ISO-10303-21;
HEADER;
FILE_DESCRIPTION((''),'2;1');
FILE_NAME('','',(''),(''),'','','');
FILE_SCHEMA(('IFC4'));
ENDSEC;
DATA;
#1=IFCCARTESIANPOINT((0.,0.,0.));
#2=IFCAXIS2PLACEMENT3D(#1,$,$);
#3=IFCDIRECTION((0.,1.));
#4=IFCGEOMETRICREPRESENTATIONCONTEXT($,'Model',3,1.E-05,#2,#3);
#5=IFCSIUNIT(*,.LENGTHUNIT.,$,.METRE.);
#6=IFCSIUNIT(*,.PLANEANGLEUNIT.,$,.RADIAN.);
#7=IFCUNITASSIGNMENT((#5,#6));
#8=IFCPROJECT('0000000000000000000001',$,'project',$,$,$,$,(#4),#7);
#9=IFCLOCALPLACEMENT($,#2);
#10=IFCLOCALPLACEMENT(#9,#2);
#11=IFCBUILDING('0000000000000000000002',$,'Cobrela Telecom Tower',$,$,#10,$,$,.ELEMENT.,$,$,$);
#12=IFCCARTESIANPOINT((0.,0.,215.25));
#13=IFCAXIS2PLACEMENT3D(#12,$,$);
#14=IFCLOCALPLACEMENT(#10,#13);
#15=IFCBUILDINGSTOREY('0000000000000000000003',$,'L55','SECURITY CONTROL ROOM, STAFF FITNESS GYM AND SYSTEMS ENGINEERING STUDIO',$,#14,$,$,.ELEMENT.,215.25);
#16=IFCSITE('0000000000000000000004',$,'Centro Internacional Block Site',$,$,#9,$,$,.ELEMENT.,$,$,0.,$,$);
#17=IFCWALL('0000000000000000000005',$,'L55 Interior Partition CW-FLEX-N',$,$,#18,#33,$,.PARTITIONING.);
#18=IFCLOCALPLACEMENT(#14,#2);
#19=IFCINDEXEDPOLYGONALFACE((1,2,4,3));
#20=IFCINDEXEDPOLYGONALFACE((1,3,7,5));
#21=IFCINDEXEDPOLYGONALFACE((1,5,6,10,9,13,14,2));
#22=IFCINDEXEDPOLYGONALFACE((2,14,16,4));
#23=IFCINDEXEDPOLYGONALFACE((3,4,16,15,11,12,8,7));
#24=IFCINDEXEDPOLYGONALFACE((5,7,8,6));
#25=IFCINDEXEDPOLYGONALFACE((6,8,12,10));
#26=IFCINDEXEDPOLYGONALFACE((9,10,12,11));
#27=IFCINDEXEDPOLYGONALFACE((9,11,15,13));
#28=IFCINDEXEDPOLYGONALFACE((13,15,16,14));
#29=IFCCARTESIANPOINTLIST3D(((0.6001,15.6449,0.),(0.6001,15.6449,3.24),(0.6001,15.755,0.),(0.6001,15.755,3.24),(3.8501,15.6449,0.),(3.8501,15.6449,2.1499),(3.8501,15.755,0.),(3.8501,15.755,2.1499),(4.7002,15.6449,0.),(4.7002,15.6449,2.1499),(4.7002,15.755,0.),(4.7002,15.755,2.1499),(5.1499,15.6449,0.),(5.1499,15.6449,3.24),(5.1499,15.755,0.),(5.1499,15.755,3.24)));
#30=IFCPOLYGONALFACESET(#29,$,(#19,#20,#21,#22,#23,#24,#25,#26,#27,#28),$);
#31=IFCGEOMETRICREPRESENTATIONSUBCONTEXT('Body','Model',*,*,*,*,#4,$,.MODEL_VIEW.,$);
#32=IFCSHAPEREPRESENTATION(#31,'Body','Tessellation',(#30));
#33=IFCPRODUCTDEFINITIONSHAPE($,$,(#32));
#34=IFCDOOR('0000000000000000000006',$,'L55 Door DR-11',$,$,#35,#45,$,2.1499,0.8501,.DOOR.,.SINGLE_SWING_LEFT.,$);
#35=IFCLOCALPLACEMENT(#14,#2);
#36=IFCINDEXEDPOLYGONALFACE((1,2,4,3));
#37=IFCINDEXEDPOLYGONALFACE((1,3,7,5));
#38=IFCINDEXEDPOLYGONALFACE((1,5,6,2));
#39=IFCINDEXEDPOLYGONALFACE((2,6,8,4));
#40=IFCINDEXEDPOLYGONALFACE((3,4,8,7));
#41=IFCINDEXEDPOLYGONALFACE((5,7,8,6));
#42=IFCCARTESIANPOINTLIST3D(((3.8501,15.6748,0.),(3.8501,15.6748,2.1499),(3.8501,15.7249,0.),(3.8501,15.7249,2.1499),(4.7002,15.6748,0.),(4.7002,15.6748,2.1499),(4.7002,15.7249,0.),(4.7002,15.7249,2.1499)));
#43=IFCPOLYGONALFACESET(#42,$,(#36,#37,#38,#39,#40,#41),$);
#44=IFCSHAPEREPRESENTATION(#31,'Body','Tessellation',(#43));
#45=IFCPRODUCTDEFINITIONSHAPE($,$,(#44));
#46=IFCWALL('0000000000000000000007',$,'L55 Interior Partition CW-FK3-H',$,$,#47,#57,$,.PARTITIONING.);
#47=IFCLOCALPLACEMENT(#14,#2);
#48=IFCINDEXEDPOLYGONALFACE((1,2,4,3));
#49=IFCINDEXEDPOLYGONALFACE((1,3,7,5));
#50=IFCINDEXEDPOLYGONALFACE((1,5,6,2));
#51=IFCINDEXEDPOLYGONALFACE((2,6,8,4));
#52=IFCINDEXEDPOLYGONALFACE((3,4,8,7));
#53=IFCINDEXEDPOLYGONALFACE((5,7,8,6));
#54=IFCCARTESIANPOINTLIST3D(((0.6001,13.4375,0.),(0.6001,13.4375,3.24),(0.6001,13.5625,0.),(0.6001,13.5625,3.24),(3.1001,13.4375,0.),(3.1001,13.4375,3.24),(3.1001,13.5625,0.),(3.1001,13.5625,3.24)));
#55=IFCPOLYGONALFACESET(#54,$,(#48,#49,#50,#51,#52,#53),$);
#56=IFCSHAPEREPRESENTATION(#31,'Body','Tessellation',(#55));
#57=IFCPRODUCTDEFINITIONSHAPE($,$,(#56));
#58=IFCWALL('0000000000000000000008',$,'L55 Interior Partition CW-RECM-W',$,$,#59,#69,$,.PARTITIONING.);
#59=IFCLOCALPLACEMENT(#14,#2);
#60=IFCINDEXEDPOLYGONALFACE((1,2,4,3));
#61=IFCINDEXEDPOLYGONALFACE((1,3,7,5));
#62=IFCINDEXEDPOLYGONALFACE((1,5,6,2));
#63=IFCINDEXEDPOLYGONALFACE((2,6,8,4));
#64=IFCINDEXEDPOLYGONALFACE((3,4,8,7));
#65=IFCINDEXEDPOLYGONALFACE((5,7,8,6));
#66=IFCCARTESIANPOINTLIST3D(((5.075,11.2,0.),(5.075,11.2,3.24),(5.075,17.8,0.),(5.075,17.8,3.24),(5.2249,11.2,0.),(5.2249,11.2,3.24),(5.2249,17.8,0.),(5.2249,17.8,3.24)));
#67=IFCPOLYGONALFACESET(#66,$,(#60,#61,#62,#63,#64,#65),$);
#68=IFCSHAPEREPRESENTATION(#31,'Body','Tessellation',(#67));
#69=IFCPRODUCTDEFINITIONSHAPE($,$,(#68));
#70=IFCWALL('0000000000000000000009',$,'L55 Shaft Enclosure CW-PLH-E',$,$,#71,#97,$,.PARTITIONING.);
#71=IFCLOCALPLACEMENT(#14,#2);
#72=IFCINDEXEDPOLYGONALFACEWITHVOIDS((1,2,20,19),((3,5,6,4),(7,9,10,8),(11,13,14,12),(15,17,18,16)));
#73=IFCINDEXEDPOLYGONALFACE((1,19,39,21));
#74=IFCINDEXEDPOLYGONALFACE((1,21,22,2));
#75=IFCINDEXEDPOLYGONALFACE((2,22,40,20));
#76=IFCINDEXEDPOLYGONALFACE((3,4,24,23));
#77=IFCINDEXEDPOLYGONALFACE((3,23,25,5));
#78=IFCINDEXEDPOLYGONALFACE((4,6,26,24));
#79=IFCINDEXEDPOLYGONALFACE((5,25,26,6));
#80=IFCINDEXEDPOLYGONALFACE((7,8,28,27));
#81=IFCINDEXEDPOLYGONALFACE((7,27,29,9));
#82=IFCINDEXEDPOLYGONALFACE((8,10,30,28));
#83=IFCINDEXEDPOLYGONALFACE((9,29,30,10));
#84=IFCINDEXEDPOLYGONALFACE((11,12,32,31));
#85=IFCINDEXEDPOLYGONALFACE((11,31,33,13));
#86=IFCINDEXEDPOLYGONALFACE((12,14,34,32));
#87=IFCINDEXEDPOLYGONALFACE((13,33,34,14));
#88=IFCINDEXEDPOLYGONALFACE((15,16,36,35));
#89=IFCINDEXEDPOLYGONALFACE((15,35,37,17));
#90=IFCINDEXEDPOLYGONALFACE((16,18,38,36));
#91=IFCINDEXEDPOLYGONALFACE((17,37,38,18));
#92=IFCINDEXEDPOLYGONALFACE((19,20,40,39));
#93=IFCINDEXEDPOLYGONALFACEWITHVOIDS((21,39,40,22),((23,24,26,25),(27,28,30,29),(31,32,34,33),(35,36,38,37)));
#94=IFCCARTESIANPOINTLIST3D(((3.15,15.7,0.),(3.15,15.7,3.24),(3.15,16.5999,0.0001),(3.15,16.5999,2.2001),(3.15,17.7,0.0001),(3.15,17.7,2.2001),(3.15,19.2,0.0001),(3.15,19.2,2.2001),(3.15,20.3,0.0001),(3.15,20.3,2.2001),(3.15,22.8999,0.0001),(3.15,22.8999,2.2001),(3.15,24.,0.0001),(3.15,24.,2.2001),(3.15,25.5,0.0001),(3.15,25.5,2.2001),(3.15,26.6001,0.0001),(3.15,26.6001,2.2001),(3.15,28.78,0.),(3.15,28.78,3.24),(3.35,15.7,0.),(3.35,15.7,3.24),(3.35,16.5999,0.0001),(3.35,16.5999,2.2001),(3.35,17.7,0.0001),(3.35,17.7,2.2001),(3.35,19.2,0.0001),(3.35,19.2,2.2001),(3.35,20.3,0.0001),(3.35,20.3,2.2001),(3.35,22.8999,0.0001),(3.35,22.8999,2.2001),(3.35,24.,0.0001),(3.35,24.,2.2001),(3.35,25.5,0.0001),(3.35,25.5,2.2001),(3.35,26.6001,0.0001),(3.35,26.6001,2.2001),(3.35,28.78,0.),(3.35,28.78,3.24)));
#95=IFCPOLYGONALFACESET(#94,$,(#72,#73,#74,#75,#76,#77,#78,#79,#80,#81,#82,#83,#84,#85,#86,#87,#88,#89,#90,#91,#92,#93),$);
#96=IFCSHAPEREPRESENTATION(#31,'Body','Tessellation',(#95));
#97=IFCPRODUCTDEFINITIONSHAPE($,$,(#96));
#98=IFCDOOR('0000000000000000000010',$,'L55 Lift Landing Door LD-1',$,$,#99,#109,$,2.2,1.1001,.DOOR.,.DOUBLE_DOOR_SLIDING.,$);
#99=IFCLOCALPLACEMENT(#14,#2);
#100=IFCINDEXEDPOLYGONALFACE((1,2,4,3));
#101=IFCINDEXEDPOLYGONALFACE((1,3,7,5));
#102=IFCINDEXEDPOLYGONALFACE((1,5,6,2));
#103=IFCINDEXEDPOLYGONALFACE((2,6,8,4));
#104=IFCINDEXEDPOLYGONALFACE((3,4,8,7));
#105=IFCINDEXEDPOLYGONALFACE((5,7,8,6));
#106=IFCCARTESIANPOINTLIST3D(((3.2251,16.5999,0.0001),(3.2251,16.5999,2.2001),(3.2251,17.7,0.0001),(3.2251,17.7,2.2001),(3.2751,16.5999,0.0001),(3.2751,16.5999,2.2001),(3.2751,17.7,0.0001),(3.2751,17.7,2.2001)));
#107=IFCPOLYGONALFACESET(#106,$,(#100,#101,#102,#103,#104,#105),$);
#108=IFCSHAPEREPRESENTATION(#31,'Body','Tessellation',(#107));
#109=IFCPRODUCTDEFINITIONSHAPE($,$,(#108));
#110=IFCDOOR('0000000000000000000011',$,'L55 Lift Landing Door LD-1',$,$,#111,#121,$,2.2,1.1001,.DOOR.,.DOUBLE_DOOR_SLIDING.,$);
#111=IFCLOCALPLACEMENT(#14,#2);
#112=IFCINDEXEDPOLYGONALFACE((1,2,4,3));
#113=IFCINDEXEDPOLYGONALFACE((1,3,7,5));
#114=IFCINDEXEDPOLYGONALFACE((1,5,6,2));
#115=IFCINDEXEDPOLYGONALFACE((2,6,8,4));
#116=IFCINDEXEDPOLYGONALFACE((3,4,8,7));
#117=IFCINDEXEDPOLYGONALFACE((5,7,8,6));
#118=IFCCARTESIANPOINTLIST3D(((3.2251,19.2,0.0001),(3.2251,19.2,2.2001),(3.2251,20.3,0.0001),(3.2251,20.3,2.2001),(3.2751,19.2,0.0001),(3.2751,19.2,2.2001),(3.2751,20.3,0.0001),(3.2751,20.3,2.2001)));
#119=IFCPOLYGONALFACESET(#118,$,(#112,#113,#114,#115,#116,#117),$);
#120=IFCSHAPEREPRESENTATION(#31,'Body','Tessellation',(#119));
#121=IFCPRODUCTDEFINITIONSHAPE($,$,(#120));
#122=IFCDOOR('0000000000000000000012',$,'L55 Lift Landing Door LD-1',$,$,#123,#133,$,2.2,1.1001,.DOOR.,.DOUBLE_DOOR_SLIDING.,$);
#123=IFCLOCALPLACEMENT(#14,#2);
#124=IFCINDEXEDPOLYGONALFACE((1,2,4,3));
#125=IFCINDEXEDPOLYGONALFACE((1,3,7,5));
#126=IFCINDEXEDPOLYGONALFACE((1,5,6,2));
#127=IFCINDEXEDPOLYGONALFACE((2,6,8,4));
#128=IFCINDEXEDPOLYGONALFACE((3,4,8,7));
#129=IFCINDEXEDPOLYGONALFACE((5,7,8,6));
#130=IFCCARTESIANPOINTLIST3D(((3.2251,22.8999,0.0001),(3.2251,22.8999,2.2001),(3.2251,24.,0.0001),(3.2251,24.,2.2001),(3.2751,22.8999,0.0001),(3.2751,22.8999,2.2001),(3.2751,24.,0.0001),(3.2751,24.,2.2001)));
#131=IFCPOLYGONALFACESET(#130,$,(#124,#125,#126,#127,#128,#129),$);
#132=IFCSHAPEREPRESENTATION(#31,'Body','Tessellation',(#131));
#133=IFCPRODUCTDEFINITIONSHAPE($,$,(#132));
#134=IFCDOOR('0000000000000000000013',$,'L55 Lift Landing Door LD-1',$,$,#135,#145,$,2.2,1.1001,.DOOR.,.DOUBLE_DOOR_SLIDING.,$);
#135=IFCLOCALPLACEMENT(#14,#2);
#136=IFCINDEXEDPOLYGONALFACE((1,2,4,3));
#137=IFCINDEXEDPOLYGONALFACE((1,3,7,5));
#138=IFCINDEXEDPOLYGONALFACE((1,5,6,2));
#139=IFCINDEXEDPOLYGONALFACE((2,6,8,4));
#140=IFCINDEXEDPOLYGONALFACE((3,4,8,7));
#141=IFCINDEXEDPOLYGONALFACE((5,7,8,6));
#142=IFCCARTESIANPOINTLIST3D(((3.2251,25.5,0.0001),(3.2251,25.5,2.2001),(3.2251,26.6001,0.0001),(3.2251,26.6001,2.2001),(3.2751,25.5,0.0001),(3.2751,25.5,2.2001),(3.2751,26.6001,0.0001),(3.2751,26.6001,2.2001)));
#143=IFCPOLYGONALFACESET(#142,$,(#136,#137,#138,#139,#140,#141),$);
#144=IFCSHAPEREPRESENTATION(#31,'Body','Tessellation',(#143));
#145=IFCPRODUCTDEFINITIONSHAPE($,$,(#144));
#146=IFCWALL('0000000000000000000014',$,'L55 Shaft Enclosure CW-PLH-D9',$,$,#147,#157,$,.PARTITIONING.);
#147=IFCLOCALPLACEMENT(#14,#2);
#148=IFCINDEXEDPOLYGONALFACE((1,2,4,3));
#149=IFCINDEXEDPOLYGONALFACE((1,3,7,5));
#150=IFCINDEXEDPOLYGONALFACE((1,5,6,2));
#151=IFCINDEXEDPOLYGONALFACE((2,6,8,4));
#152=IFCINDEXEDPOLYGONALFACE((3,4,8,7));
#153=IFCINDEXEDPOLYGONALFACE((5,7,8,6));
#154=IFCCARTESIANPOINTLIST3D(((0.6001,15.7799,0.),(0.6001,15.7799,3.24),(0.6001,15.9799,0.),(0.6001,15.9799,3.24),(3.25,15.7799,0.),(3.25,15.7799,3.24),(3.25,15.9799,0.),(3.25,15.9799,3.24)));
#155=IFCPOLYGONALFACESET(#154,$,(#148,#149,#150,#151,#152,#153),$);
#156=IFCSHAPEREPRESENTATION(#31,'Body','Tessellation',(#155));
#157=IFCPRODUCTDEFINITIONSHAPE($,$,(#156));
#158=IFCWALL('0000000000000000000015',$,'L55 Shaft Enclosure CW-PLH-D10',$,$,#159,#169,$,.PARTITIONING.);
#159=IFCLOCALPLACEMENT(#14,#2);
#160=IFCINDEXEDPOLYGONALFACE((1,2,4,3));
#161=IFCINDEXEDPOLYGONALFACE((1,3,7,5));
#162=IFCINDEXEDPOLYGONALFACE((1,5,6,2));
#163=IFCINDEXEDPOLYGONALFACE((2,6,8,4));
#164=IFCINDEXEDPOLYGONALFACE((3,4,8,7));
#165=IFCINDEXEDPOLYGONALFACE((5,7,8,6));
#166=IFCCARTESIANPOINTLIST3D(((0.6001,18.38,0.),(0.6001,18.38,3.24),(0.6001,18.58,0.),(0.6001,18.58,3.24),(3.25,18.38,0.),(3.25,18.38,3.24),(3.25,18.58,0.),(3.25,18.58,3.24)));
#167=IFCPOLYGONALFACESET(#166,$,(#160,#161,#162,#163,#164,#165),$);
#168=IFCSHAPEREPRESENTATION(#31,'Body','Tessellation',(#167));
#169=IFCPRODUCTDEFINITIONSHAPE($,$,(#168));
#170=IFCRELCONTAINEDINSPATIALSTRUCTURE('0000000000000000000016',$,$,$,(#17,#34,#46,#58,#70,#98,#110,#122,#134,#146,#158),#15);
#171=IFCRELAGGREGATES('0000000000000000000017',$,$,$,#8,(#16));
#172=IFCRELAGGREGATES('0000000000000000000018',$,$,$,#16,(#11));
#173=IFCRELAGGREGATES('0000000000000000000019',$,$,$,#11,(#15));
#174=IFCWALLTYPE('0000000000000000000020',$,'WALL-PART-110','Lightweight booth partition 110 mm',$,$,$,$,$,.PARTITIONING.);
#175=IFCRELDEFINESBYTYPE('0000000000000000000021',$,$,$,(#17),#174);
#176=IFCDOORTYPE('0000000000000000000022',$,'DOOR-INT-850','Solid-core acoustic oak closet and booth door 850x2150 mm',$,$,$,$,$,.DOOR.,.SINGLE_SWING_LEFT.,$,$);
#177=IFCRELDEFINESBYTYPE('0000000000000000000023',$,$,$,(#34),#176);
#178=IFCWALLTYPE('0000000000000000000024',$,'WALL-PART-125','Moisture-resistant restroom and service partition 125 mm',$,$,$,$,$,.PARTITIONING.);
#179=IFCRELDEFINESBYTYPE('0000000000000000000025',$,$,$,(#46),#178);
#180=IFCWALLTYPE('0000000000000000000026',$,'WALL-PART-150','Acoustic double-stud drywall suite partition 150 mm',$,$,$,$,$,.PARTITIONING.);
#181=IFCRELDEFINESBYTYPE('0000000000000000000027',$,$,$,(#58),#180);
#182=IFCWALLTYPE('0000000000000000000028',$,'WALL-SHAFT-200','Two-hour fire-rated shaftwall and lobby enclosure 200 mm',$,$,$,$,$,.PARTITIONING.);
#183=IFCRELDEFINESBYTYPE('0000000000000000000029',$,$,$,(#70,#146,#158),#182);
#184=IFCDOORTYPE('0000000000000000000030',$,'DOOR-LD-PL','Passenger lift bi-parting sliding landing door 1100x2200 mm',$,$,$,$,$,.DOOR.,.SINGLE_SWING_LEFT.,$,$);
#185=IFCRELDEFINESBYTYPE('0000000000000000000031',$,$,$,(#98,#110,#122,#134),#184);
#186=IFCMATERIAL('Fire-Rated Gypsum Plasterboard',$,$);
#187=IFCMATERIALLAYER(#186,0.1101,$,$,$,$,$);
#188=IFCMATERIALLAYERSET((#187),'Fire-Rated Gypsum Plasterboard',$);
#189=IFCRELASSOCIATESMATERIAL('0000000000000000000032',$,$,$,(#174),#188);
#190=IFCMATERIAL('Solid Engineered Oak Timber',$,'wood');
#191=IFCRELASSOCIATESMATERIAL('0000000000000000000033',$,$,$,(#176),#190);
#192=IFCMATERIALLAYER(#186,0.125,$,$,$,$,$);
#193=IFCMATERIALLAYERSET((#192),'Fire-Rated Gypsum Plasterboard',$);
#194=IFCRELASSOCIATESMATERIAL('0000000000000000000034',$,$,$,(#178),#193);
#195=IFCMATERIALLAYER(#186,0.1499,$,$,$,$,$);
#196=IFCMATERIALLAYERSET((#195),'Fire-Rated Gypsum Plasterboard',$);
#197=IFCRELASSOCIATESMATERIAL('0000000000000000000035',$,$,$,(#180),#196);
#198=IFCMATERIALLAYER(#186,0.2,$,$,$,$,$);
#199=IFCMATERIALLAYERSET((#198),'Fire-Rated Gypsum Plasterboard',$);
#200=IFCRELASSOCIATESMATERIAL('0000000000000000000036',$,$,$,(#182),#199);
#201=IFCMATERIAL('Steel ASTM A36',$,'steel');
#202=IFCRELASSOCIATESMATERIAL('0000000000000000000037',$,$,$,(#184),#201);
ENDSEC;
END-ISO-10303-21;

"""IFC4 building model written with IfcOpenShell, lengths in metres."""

from ifc_helpers import new_model, si_unit, direction, frame, frame_2d, origin, place, context, subcontext, project, spatial, rectangle, extrude, material, layer, layer_set, type_object, element, fill, save


model = new_model("IFC4")

# Units and contexts
model_context = context("Model", 3, precision=1e-05, world=origin(), true_north=direction((0.0, 1.0)))
body_context = subcontext(model_context, "Body", "Model", "MODEL_VIEW")
ifc_project = project(units=[si_unit("LENGTHUNIT", "METRE"), si_unit("PLANEANGLEUNIT", "RADIAN")], contexts=[model_context])

# Site, building, storey
site_placement = place(None, origin())
site = spatial("IfcSite", under=ifc_project, at=site_placement, Name="Centro Internacional Block Site", CompositionType="ELEMENT", RefElevation=0.0)
building_placement = place(site_placement, origin())
building = spatial("IfcBuilding", under=site, at=building_placement, Name="Cobrela Telecom Tower", CompositionType="ELEMENT")
storey_placement = place(building_placement, frame((0.0, 0.0, 215.25)))
storey = spatial("IfcBuildingStorey", under=building, at=storey_placement, Name="L55", Description="SECURITY CONTROL ROOM, STAFF FITNESS GYM AND SYSTEMS ENGINEERING STUDIO", CompositionType="ELEMENT", Elevation=215.25)

# Wall, opening, door
ifc_material_1 = material(Name="Fire-Rated Gypsum Plasterboard")
ifc_layer_1 = layer(ifc_material_1, 0.1101)
ifc_layer_set_1 = layer_set([ifc_layer_1], Name="Fire-Rated Gypsum Plasterboard")
wall_type_1 = type_object("IfcWallType", Name="WALL-PART-110", Description="Lightweight booth partition 110 mm", PredefinedType="PARTITIONING", material=ifc_layer_set_1)
wall_1_placement = place(storey_placement, frame((0.6001, 15.7, 0.0), z_axis=(0.0, 0.0, 1.0), x_axis=(1.0, 0.0, 0.0)))
wall_1 = element("IfcWall", 1, at=wall_1_placement, inside=storey, type_object=wall_type_1, Name="L55 Interior Partition CW-FLEX-N", PredefinedType="PARTITIONING", context=body_context, shape_type="SweptSolid", body=[
    extrude(rectangle(XDim=4.5498, YDim=0.1101, at=frame_2d((2.2749, 0.0))), origin(), (0.0, 0.0, 1.0), 3.24),
])
opening_1_placement = place(wall_1_placement, frame((3.25, 0.0, 0.0)))
opening_1 = element("IfcOpeningElement", 2, at=opening_1_placement, cuts=wall_1, PredefinedType="OPENING", context=body_context, shape_type="SweptSolid", body=[
    extrude(rectangle(XDim=0.8501, YDim=2.1499, at=frame_2d((0.425, 1.075))), frame((0.0, 0.0669, 0.0), z_axis=(0.0, -1.0, 0.0), x_axis=(1.0, 0.0, 0.0)), (0.0, 0.0, 1.0), 0.134),
])
ifc_material_2 = material(Name="Solid Engineered Oak Timber", Category="wood")
door_type_1 = type_object("IfcDoorType", Name="DOOR-INT-850", Description="Solid-core acoustic oak closet and booth door 850x2150 mm", OperationType="SINGLE_SWING_LEFT", PredefinedType="DOOR", material=ifc_material_2)
door_1_placement = place(opening_1_placement, origin())
door_1 = element("IfcDoor", 3, at=door_1_placement, inside=storey, type_object=door_type_1, Name="L55 Door DR-11", OperationType="SINGLE_SWING_LEFT", OverallHeight=2.1499, OverallWidth=0.8501, PredefinedType="DOOR", context=body_context, shape_type="SweptSolid", body=[
    extrude(rectangle(XDim=0.8501, YDim=2.1499, at=frame_2d((0.425, 1.075))), frame((0.0, 0.0249, 0.0), z_axis=(0.0, -1.0, 0.0), x_axis=(1.0, 0.0, 0.0)), (0.0, 0.0, 1.0), 0.05),
])
fill(opening_1, door_1)

# Wall
ifc_layer_2 = layer(ifc_material_1, 0.125)
ifc_layer_set_2 = layer_set([ifc_layer_2], Name="Fire-Rated Gypsum Plasterboard")
wall_type_2 = type_object("IfcWallType", Name="WALL-PART-125", Description="Moisture-resistant restroom and service partition 125 mm", PredefinedType="PARTITIONING", material=ifc_layer_set_2)
wall_2_placement = place(storey_placement, frame((0.6001, 13.5, 0.0), z_axis=(0.0, 0.0, 1.0), x_axis=(1.0, 0.0, 0.0)))
element("IfcWall", 4, at=wall_2_placement, inside=storey, type_object=wall_type_2, Name="L55 Interior Partition CW-FK3-H", PredefinedType="PARTITIONING", context=body_context, shape_type="SweptSolid", body=[
    extrude(rectangle(XDim=2.5, YDim=0.125, at=frame_2d((1.25, 0.0))), origin(), (0.0, 0.0, 1.0), 3.24),
])

# Wall
ifc_layer_3 = layer(ifc_material_1, 0.1499)
ifc_layer_set_3 = layer_set([ifc_layer_3], Name="Fire-Rated Gypsum Plasterboard")
wall_type_3 = type_object("IfcWallType", Name="WALL-PART-150", Description="Acoustic double-stud drywall suite partition 150 mm", PredefinedType="PARTITIONING", material=ifc_layer_set_3)
wall_3_placement = place(storey_placement, frame((5.1499, 11.2, 0.0), z_axis=(0.0, 0.0, 1.0), x_axis=(0.0, 1.0, 0.0)))
element("IfcWall", 5, at=wall_3_placement, inside=storey, type_object=wall_type_3, Name="L55 Interior Partition CW-RECM-W", PredefinedType="PARTITIONING", context=body_context, shape_type="SweptSolid", body=[
    extrude(rectangle(XDim=6.6001, YDim=0.1499, at=frame_2d((3.3, 0.0))), origin(), (0.0, 0.0, 1.0), 3.24),
])

# Wall, openings, doors
ifc_layer_4 = layer(ifc_material_1, 0.2)
ifc_layer_set_4 = layer_set([ifc_layer_4], Name="Fire-Rated Gypsum Plasterboard")
wall_type_4 = type_object("IfcWallType", Name="WALL-SHAFT-200", Description="Two-hour fire-rated shaftwall and lobby enclosure 200 mm", PredefinedType="PARTITIONING", material=ifc_layer_set_4)
wall_4_placement = place(storey_placement, frame((3.25, 15.7, 0.0), z_axis=(0.0, 0.0, 1.0), x_axis=(0.0, 1.0, 0.0)))
wall_4 = element("IfcWall", 6, at=wall_4_placement, inside=storey, type_object=wall_type_4, Name="L55 Shaft Enclosure CW-PLH-E", PredefinedType="PARTITIONING", context=body_context, shape_type="SweptSolid", body=[
    extrude(rectangle(XDim=13.0801, YDim=0.2, at=frame_2d((6.54, 0.0))), origin(), (0.0, 0.0, 1.0), 3.24),
])
opening_2_placement = place(wall_4_placement, frame((0.8999, 0.0, 0.0)))
opening_2 = element("IfcOpeningElement", 7, at=opening_2_placement, cuts=wall_4, PredefinedType="OPENING", context=body_context, shape_type="SweptSolid", body=[
    extrude(rectangle(XDim=1.1001, YDim=2.2, at=frame_2d((0.55, 1.1001))), frame((0.0, 0.1118, 0.0), z_axis=(0.0, -1.0, 0.0), x_axis=(1.0, 0.0, 0.0)), (0.0, 0.0, 1.0), 0.2239),
])
opening_3_placement = place(wall_4_placement, frame((3.5, 0.0, 0.0)))
opening_3 = element("IfcOpeningElement", 8, at=opening_3_placement, cuts=wall_4, PredefinedType="OPENING", context=body_context, shape_type="SweptSolid", body=[
    extrude(rectangle(XDim=1.1001, YDim=2.2, at=frame_2d((0.55, 1.1001))), frame((0.0, 0.1118, 0.0), z_axis=(0.0, -1.0, 0.0), x_axis=(1.0, 0.0, 0.0)), (0.0, 0.0, 1.0), 0.2239),
])
opening_4_placement = place(wall_4_placement, frame((7.2, 0.0, 0.0)))
opening_4 = element("IfcOpeningElement", 9, at=opening_4_placement, cuts=wall_4, PredefinedType="OPENING", context=body_context, shape_type="SweptSolid", body=[
    extrude(rectangle(XDim=1.1001, YDim=2.2, at=frame_2d((0.55, 1.1001))), frame((0.0, 0.1118, 0.0), z_axis=(0.0, -1.0, 0.0), x_axis=(1.0, 0.0, 0.0)), (0.0, 0.0, 1.0), 0.2239),
])
opening_5_placement = place(wall_4_placement, frame((9.8, 0.0, 0.0)))
opening_5 = element("IfcOpeningElement", 10, at=opening_5_placement, cuts=wall_4, PredefinedType="OPENING", context=body_context, shape_type="SweptSolid", body=[
    extrude(rectangle(XDim=1.1001, YDim=2.2, at=frame_2d((0.55, 1.1001))), frame((0.0, 0.1118, 0.0), z_axis=(0.0, -1.0, 0.0), x_axis=(1.0, 0.0, 0.0)), (0.0, 0.0, 1.0), 0.2239),
])
ifc_material_3 = material(Name="Steel ASTM A36", Category="steel")
door_type_2 = type_object("IfcDoorType", Name="DOOR-LD-PL", Description="Passenger lift bi-parting sliding landing door 1100x2200 mm", OperationType="SINGLE_SWING_LEFT", PredefinedType="DOOR", material=ifc_material_3)
door_2_placement = place(opening_2_placement, origin())
door_2 = element("IfcDoor", 11, at=door_2_placement, inside=storey, type_object=door_type_2, Name="L55 Lift Landing Door LD-1", OperationType="DOUBLE_DOOR_SLIDING", OverallHeight=2.2, OverallWidth=1.1001, PredefinedType="DOOR", context=body_context, shape_type="SweptSolid", body=[
    extrude(rectangle(XDim=1.1001, YDim=2.2, at=frame_2d((0.55, 1.1001))), frame((0.0, 0.0249, 0.0), z_axis=(0.0, -1.0, 0.0), x_axis=(1.0, 0.0, 0.0)), (0.0, 0.0, 1.0), 0.05),
])
fill(opening_2, door_2)
door_3_placement = place(opening_3_placement, origin())
door_3 = element("IfcDoor", 12, at=door_3_placement, inside=storey, type_object=door_type_2, Name="L55 Lift Landing Door LD-1", OperationType="DOUBLE_DOOR_SLIDING", OverallHeight=2.2, OverallWidth=1.1001, PredefinedType="DOOR", context=body_context, shape_type="SweptSolid", body=[
    extrude(rectangle(XDim=1.1001, YDim=2.2, at=frame_2d((0.55, 1.1001))), frame((0.0, 0.0249, 0.0), z_axis=(0.0, -1.0, 0.0), x_axis=(1.0, 0.0, 0.0)), (0.0, 0.0, 1.0), 0.05),
])
fill(opening_3, door_3)
door_4_placement = place(opening_4_placement, origin())
door_4 = element("IfcDoor", 13, at=door_4_placement, inside=storey, type_object=door_type_2, Name="L55 Lift Landing Door LD-1", OperationType="DOUBLE_DOOR_SLIDING", OverallHeight=2.2, OverallWidth=1.1001, PredefinedType="DOOR", context=body_context, shape_type="SweptSolid", body=[
    extrude(rectangle(XDim=1.1001, YDim=2.2, at=frame_2d((0.55, 1.1001))), frame((0.0, 0.0249, 0.0), z_axis=(0.0, -1.0, 0.0), x_axis=(1.0, 0.0, 0.0)), (0.0, 0.0, 1.0), 0.05),
])
fill(opening_4, door_4)
door_5_placement = place(opening_5_placement, origin())
door_5 = element("IfcDoor", 14, at=door_5_placement, inside=storey, type_object=door_type_2, Name="L55 Lift Landing Door LD-1", OperationType="DOUBLE_DOOR_SLIDING", OverallHeight=2.2, OverallWidth=1.1001, PredefinedType="DOOR", context=body_context, shape_type="SweptSolid", body=[
    extrude(rectangle(XDim=1.1001, YDim=2.2, at=frame_2d((0.55, 1.1001))), frame((0.0, 0.0249, 0.0), z_axis=(0.0, -1.0, 0.0), x_axis=(1.0, 0.0, 0.0)), (0.0, 0.0, 1.0), 0.05),
])
fill(opening_5, door_5)

# Walls
for number, where, z_axis, x_axis, name in (
    (15, (0.6001, 15.8799, 0.0), (0.0, 0.0, 1.0), (1.0, 0.0, 0.0), "L55 Shaft Enclosure CW-PLH-D9"),
    (16, (0.6001, 18.48, 0.0), (0.0, 0.0, 1.0), (1.0, 0.0, 0.0), "L55 Shaft Enclosure CW-PLH-D10"),
):
    element("IfcWall", number, at=place(storey_placement, frame(where, z_axis=z_axis, x_axis=x_axis)), inside=storey, type_object=wall_type_4, Name=name, PredefinedType="PARTITIONING", context=body_context, shape_type="SweptSolid", body=[
        extrude(rectangle(XDim=2.6499, YDim=0.2, at=frame_2d((1.325, 0.0))), origin(), (0.0, 0.0, 1.0), 3.24),
    ])

save(model, "model.ifc")
